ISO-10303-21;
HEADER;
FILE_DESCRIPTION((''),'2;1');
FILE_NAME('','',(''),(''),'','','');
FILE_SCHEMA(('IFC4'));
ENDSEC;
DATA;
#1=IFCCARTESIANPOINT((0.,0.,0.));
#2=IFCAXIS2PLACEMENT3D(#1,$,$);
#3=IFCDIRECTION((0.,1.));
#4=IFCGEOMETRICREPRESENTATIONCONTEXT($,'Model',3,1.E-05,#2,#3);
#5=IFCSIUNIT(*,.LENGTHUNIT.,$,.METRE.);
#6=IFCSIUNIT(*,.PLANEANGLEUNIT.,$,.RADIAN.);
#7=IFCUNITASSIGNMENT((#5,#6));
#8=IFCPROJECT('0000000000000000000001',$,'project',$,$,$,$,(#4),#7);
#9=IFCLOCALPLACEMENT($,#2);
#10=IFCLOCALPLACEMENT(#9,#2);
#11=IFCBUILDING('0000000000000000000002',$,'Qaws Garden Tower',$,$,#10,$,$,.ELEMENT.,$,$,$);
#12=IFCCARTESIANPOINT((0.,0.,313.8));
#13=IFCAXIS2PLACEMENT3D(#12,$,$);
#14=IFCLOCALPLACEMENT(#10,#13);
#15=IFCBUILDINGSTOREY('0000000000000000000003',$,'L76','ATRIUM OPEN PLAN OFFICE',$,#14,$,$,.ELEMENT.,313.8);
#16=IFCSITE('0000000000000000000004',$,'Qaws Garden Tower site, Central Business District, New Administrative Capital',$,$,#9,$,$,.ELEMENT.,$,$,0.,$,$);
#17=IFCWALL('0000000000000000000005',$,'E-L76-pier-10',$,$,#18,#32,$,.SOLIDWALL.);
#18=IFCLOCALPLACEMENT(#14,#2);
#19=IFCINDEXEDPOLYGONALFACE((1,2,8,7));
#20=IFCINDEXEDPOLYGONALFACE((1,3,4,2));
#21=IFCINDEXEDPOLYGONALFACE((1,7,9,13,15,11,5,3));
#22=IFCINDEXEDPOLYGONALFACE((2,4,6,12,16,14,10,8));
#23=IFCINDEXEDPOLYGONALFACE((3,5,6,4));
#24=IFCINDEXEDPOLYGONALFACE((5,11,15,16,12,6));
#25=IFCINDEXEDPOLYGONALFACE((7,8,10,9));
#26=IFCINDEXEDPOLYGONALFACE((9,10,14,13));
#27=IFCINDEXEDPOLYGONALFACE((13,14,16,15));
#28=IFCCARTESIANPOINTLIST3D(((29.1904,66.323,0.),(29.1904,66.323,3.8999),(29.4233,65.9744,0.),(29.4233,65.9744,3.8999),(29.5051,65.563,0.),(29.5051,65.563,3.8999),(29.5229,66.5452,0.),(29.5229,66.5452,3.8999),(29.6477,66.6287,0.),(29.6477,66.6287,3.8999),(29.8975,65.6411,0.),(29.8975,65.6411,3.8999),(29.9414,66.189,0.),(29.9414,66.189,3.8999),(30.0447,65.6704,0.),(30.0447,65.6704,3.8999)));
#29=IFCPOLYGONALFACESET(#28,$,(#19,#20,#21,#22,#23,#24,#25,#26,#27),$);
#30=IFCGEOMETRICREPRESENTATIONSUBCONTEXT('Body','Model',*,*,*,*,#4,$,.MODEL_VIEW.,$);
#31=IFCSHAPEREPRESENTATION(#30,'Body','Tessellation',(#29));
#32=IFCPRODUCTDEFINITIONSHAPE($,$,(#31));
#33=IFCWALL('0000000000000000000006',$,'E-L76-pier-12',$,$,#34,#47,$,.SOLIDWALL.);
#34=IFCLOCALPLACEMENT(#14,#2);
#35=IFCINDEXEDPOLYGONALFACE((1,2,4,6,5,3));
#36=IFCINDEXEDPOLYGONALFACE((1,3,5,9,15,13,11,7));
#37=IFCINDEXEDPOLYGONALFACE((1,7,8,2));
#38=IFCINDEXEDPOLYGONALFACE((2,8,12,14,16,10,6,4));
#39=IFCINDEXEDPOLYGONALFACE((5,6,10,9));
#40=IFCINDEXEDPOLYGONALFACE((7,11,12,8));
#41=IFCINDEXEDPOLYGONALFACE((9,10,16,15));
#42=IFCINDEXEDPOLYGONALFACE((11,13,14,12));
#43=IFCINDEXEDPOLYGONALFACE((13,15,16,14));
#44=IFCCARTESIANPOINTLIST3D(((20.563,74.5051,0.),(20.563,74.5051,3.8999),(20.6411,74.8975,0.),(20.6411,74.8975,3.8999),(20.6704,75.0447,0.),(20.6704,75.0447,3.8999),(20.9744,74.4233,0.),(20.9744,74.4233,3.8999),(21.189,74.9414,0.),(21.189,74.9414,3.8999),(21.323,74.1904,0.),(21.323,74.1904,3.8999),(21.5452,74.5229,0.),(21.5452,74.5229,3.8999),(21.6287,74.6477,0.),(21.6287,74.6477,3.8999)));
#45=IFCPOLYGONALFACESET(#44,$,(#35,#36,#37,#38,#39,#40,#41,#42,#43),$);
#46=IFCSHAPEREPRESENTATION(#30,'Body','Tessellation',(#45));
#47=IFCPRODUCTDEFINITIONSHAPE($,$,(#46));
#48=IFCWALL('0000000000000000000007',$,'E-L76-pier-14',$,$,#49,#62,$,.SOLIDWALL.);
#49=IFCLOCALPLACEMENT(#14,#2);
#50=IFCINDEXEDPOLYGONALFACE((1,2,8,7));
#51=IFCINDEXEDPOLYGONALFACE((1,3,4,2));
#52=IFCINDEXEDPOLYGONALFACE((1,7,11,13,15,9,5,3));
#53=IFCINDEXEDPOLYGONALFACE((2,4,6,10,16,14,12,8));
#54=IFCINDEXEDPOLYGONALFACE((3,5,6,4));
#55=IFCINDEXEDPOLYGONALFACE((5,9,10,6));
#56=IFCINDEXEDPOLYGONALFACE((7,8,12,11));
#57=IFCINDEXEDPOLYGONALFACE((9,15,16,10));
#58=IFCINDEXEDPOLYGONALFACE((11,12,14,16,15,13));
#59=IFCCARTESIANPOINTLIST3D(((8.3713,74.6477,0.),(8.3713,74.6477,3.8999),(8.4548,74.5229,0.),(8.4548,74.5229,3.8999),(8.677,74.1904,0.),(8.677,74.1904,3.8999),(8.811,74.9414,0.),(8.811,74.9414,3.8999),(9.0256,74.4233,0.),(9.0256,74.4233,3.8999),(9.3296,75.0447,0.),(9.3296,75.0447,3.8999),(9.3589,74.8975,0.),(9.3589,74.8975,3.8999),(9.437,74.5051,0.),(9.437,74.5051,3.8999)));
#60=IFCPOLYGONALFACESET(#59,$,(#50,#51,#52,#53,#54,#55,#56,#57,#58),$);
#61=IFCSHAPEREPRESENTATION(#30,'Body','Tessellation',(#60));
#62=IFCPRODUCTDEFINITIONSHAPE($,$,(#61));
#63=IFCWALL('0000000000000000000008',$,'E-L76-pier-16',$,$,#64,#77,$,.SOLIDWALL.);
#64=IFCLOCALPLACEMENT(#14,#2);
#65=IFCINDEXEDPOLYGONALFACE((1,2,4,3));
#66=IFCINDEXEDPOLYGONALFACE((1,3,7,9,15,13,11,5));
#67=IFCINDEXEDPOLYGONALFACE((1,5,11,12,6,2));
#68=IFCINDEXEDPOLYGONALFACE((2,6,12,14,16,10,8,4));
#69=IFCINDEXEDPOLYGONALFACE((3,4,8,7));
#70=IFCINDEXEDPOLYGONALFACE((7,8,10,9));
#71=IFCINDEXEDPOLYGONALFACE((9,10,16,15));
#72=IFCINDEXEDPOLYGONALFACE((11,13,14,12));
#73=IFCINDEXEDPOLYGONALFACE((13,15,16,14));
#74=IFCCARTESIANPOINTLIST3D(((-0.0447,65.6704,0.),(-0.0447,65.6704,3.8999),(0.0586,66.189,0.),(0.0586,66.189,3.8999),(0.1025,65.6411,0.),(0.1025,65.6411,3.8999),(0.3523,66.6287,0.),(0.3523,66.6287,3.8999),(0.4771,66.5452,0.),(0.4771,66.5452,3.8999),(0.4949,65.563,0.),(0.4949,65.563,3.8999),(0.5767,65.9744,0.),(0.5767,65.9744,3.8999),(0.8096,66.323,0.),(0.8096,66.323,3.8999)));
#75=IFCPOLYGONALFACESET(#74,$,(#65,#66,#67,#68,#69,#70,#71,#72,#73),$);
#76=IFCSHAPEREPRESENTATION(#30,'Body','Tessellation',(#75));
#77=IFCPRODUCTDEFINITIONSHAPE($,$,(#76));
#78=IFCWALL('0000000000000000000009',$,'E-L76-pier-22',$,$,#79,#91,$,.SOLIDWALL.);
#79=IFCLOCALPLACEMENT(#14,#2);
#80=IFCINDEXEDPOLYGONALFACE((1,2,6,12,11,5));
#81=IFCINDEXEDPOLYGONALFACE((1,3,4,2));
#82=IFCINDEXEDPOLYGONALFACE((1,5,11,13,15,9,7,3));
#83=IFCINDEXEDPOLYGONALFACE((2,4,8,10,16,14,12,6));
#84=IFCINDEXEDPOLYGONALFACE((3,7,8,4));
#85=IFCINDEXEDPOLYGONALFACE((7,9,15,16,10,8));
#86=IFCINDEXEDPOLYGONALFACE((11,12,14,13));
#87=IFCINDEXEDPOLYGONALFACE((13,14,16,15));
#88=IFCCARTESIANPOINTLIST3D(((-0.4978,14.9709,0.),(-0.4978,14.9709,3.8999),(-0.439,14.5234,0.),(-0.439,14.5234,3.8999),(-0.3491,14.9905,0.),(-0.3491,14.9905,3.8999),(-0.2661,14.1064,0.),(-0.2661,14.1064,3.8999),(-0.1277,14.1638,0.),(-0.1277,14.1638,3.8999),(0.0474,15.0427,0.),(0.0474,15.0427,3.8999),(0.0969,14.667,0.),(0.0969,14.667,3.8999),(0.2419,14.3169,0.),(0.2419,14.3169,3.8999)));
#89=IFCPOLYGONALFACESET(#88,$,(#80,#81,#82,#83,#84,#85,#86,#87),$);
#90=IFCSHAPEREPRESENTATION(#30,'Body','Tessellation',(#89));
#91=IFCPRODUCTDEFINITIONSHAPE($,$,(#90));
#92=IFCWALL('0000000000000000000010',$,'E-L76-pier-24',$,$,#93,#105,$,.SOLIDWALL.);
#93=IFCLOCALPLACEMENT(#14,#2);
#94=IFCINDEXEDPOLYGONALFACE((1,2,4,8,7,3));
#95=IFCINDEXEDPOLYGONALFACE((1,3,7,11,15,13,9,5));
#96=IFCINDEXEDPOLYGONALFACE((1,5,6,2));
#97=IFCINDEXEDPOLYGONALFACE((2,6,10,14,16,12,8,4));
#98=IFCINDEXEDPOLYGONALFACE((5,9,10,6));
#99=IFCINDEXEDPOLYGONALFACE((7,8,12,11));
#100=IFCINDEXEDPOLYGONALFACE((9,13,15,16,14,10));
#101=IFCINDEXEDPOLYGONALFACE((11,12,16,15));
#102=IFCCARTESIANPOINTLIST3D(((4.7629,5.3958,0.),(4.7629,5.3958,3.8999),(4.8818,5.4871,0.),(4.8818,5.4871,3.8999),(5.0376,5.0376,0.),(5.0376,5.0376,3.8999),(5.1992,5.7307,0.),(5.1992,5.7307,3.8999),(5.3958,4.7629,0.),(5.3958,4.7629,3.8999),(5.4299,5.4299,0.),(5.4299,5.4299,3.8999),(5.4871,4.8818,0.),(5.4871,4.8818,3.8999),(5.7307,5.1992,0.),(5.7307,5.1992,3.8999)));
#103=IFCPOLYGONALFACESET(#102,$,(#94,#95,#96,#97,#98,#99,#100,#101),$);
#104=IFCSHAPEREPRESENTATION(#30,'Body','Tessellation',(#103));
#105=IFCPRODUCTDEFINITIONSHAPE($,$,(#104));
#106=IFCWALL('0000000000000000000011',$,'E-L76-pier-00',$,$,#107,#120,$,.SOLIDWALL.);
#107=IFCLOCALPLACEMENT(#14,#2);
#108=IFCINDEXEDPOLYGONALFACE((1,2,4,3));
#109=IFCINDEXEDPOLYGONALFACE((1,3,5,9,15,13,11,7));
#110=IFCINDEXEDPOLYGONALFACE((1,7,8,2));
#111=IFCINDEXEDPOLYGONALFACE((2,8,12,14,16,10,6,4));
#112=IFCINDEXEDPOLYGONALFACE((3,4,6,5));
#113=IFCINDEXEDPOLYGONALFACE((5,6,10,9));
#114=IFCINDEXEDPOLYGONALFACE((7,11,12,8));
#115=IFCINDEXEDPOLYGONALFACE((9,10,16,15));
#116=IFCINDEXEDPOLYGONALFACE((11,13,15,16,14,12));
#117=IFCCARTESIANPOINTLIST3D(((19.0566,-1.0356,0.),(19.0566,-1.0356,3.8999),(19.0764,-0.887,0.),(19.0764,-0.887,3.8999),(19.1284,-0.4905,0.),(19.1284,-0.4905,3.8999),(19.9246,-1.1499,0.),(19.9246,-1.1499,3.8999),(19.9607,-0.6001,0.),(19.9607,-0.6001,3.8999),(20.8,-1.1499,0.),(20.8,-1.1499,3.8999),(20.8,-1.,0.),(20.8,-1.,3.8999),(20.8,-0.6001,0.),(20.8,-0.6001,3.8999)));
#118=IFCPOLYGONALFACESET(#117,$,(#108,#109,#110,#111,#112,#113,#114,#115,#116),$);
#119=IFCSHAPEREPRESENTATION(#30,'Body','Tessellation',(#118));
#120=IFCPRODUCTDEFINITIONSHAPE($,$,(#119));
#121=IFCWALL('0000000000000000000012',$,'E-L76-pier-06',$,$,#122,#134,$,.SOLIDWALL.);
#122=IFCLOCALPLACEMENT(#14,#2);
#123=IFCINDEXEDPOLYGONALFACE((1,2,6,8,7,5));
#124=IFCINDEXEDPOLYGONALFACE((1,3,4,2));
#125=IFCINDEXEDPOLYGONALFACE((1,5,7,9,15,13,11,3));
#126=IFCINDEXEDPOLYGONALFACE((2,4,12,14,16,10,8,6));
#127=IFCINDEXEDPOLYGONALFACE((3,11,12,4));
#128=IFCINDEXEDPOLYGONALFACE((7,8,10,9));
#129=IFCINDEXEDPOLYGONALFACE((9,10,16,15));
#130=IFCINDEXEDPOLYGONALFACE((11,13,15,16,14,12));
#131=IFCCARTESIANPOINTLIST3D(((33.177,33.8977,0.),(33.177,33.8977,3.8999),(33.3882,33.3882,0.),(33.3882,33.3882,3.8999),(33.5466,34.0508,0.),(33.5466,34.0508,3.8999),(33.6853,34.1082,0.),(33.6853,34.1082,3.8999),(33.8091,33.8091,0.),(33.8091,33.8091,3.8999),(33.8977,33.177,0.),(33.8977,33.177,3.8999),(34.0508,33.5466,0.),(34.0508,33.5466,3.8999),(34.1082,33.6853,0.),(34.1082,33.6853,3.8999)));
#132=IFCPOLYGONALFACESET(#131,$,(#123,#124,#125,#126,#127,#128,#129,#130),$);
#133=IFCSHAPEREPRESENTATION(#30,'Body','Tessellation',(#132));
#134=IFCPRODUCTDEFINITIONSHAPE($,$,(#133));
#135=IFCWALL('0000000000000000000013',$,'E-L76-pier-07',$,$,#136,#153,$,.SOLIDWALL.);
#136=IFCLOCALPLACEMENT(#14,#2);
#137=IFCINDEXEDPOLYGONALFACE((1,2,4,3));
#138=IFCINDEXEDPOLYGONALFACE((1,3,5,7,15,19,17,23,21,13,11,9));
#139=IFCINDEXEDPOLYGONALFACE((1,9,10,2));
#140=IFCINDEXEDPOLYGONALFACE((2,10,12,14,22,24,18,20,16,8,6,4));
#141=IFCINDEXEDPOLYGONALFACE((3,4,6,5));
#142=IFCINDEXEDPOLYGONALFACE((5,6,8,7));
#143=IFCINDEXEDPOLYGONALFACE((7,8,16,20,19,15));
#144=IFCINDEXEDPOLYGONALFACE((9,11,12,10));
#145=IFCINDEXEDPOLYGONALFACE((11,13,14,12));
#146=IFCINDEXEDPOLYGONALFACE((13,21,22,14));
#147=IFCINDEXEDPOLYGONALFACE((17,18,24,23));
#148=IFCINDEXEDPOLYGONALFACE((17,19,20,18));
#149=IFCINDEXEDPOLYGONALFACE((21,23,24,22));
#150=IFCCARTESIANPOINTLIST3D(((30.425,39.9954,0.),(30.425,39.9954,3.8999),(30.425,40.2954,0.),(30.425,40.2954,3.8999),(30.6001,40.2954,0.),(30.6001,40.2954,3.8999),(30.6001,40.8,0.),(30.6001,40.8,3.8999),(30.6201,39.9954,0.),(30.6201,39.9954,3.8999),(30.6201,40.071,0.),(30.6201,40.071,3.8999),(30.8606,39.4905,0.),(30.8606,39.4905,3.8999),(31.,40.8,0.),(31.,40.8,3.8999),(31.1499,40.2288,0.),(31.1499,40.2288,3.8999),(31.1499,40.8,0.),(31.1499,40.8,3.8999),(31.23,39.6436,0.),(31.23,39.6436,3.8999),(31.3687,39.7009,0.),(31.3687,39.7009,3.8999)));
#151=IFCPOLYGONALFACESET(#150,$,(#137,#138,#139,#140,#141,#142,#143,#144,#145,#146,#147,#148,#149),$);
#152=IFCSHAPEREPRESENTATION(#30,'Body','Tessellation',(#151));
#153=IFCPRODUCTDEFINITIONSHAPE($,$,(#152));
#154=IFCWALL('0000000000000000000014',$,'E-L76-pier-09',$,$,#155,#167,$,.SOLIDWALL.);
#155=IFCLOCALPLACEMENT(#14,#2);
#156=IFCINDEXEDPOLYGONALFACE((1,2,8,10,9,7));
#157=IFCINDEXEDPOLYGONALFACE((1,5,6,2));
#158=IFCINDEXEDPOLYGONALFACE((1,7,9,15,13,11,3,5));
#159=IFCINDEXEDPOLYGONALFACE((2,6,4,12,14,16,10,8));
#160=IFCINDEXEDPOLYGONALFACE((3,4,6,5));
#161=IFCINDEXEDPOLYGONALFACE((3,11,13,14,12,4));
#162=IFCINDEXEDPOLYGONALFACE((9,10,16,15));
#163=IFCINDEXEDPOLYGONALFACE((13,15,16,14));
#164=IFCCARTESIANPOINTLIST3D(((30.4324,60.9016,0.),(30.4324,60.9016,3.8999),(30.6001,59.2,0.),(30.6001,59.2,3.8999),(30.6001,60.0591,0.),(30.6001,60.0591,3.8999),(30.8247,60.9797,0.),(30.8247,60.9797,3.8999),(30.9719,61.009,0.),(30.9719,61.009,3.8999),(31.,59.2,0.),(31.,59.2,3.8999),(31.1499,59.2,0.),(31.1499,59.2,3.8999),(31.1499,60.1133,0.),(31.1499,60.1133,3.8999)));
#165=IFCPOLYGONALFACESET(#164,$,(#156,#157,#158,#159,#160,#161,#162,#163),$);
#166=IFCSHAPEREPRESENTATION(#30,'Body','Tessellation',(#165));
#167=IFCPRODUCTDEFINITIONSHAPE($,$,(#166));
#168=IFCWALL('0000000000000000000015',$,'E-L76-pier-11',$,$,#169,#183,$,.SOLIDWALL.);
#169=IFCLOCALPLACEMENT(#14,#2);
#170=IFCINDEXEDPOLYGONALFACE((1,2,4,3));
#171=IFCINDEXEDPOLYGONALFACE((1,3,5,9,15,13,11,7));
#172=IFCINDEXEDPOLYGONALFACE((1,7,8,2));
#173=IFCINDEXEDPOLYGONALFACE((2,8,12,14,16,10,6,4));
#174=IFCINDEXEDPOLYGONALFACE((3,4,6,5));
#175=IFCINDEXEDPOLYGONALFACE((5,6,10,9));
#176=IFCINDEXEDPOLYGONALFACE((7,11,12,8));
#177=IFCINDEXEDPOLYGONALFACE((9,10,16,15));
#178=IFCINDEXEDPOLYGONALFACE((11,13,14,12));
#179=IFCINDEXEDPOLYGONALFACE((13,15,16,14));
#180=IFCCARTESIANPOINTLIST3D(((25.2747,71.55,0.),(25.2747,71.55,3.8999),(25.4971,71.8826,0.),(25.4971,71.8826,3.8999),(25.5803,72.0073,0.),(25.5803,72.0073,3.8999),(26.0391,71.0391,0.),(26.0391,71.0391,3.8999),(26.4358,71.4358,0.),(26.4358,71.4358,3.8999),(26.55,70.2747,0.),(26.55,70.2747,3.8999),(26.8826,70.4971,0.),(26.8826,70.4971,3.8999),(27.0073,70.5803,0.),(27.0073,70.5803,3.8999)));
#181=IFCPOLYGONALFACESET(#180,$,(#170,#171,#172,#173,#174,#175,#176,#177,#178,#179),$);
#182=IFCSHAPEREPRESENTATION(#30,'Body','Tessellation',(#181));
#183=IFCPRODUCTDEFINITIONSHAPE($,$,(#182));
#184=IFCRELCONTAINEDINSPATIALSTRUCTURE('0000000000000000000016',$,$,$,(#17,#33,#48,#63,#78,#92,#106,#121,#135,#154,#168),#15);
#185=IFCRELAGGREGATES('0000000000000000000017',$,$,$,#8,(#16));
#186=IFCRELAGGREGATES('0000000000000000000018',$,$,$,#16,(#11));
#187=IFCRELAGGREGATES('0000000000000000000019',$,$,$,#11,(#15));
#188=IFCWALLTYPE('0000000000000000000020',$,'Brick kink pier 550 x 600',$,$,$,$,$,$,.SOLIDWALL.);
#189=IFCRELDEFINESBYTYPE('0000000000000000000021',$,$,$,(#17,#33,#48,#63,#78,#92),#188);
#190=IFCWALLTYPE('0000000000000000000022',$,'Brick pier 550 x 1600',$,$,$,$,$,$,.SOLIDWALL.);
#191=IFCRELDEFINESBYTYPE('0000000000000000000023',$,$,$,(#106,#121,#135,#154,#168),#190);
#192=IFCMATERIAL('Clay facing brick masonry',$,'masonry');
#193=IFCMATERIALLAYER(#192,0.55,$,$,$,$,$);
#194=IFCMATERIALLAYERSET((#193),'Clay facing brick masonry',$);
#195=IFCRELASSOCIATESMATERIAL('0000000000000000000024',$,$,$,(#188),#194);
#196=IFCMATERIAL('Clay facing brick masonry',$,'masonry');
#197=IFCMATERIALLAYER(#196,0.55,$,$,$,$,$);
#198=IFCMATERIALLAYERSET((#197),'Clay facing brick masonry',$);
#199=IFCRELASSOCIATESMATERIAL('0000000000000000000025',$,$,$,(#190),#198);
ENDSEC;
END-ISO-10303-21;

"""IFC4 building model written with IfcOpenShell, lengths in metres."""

from ifc_helpers import new_model, si_unit, direction, frame, origin, place, context, subcontext, project, spatial, polyline, outline, extrude, material, layer, layer_set, type_object, element, save


model = new_model("IFC4")

# Units and contexts
model_context = context("Model", 3, precision=1e-05, world=origin(), true_north=direction((0.0, 1.0)))
body_context = subcontext(model_context, "Body", "Model", "MODEL_VIEW")
ifc_project = project(units=[si_unit("LENGTHUNIT", "METRE"), si_unit("PLANEANGLEUNIT", "RADIAN")], contexts=[model_context])

# Site, building, storey
site_placement = place(None, origin())
site = spatial("IfcSite", under=ifc_project, at=site_placement, Name="Qaws Garden Tower site, Central Business District, New Administrative Capital", CompositionType="ELEMENT", RefElevation=0.0)
building_placement = place(site_placement, origin())
building = spatial("IfcBuilding", under=site, at=building_placement, Name="Qaws Garden Tower", CompositionType="ELEMENT")
storey_placement = place(building_placement, frame((0.0, 0.0, 313.8)))
storey = spatial("IfcBuildingStorey", under=building, at=storey_placement, Name="L76", Description="ATRIUM OPEN PLAN OFFICE", CompositionType="ELEMENT", Elevation=313.8)

# Walls
placement_1 = place(storey_placement, origin())
ifc_material_1 = material(Name="Clay facing brick masonry", Category="masonry")
ifc_layer_1 = layer(ifc_material_1, 0.55)
ifc_layer_set_1 = layer_set([ifc_layer_1], Name="Clay facing brick masonry")
wall_type_1 = type_object("IfcWallType", Name="Brick kink pier 550 x 600", PredefinedType="SOLIDWALL", material=ifc_layer_set_1)
element("IfcWall", 1, at=placement_1, inside=storey, type_object=wall_type_1, Name="E-L76-pier-10", PredefinedType="SOLIDWALL", context=body_context, shape_type="SweptSolid", body=[
    extrude(outline(polyline([(29.8975, 65.6411), (30.0447, 65.6704), (29.9414, 66.189), (29.6477, 66.6287), (29.5229, 66.5452), (29.1904, 66.323), (29.4233, 65.9744), (29.5051, 65.563), (29.8975, 65.6411)])), origin(), (0.0, 0.0, 1.0), 3.8999),
])
element("IfcWall", 2, at=placement_1, inside=storey, type_object=wall_type_1, Name="E-L76-pier-12", PredefinedType="SOLIDWALL", context=body_context, shape_type="SweptSolid", body=[
    extrude(outline(polyline([(21.5452, 74.5229), (21.6287, 74.6477), (21.189, 74.9414), (20.6704, 75.0447), (20.6411, 74.8975), (20.563, 74.5051), (20.9744, 74.4233), (21.323, 74.1904), (21.5452, 74.5229)])), origin(), (0.0, 0.0, 1.0), 3.8999),
])
element("IfcWall", 3, at=placement_1, inside=storey, type_object=wall_type_1, Name="E-L76-pier-14", PredefinedType="SOLIDWALL", context=body_context, shape_type="SweptSolid", body=[
    extrude(outline(polyline([(9.3589, 74.8975), (9.3296, 75.0447), (8.811, 74.9414), (8.3713, 74.6477), (8.4548, 74.5229), (8.677, 74.1904), (9.0256, 74.4233), (9.437, 74.5051), (9.3589, 74.8975)])), origin(), (0.0, 0.0, 1.0), 3.8999),
])
element("IfcWall", 4, at=placement_1, inside=storey, type_object=wall_type_1, Name="E-L76-pier-16", PredefinedType="SOLIDWALL", context=body_context, shape_type="SweptSolid", body=[
    extrude(outline(polyline([(0.4771, 66.5452), (0.3523, 66.6287), (0.0586, 66.189), (-0.0447, 65.6704), (0.1025, 65.6411), (0.4949, 65.563), (0.5767, 65.9744), (0.8096, 66.323), (0.4771, 66.5452)])), origin(), (0.0, 0.0, 1.0), 3.8999),
])
element("IfcWall", 5, at=placement_1, inside=storey, type_object=wall_type_1, Name="E-L76-pier-22", PredefinedType="SOLIDWALL", context=body_context, shape_type="SweptSolid", body=[
    extrude(outline(polyline([(-0.3491, 14.9905), (-0.4978, 14.9709), (-0.439, 14.5234), (-0.2661, 14.1064), (-0.1277, 14.1638), (0.2419, 14.3169), (0.0969, 14.667), (0.0474, 15.0427), (-0.3491, 14.9905)])), origin(), (0.0, 0.0, 1.0), 3.8999),
])
element("IfcWall", 6, at=placement_1, inside=storey, type_object=wall_type_1, Name="E-L76-pier-24", PredefinedType="SOLIDWALL", context=body_context, shape_type="SweptSolid", body=[
    extrude(outline(polyline([(4.8818, 5.4871), (4.7629, 5.3958), (5.0376, 5.0376), (5.3958, 4.7629), (5.4871, 4.8818), (5.7307, 5.1992), (5.4299, 5.4299), (5.1992, 5.7307), (4.8818, 5.4871)])), origin(), (0.0, 0.0, 1.0), 3.8999),
])
ifc_material_2 = material(Name="Clay facing brick masonry", Category="masonry")
ifc_layer_2 = layer(ifc_material_2, 0.55)
ifc_layer_set_2 = layer_set([ifc_layer_2], Name="Clay facing brick masonry")
wall_type_2 = type_object("IfcWallType", Name="Brick pier 550 x 1600", PredefinedType="SOLIDWALL", material=ifc_layer_set_2)
element("IfcWall", 7, at=placement_1, inside=storey, type_object=wall_type_2, Name="E-L76-pier-00", PredefinedType="SOLIDWALL", context=body_context, shape_type="SweptSolid", body=[
    extrude(outline(polyline([(19.0764, -0.887), (19.0566, -1.0356), (19.9246, -1.1499), (20.8, -1.1499), (20.8, -1.0), (20.8, -0.6001), (19.9607, -0.6001), (19.1284, -0.4905), (19.0764, -0.887)])), origin(), (0.0, 0.0, 1.0), 3.8999),
])
element("IfcWall", 8, at=placement_1, inside=storey, type_object=wall_type_2, Name="E-L76-pier-06", PredefinedType="SOLIDWALL", context=body_context, shape_type="SweptSolid", body=[
    extrude(outline(polyline([(34.0508, 33.5466), (34.1082, 33.6853), (33.8091, 33.8091), (33.6853, 34.1082), (33.5466, 34.0508), (33.177, 33.8977), (33.3882, 33.3882), (33.8977, 33.177), (34.0508, 33.5466)])), origin(), (0.0, 0.0, 1.0), 3.8999),
])
element("IfcWall", 9, at=placement_1, inside=storey, type_object=wall_type_2, Name="E-L76-pier-07", PredefinedType="SOLIDWALL", context=body_context, shape_type="SweptSolid", body=[
    extrude(outline(polyline([(30.6201, 39.9954), (30.6201, 40.071), (30.8606, 39.4905), (31.23, 39.6436), (31.3687, 39.7009), (31.1499, 40.2288), (31.1499, 40.8), (31.0, 40.8), (30.6001, 40.8), (30.6001, 40.2954), (30.425, 40.2954), (30.425, 39.9954), (30.6201, 39.9954)])), origin(), (0.0, 0.0, 1.0), 3.8999),
])
element("IfcWall", 10, at=placement_1, inside=storey, type_object=wall_type_2, Name="E-L76-pier-09", PredefinedType="SOLIDWALL", context=body_context, shape_type="SweptSolid", body=[
    extrude(outline(polyline([(31.0, 59.2), (31.1499, 59.2), (31.1499, 60.1133), (30.9719, 61.009), (30.8247, 60.9797), (30.4324, 60.9016), (30.6001, 60.0591), (30.6001, 59.2), (31.0, 59.2)])), origin(), (0.0, 0.0, 1.0), 3.8999),
])
element("IfcWall", 11, at=placement_1, inside=storey, type_object=wall_type_2, Name="E-L76-pier-11", PredefinedType="SOLIDWALL", context=body_context, shape_type="SweptSolid", body=[
    extrude(outline(polyline([(26.8826, 70.4971), (27.0073, 70.5803), (26.4358, 71.4358), (25.5803, 72.0073), (25.4971, 71.8826), (25.2747, 71.55), (26.0391, 71.0391), (26.55, 70.2747), (26.8826, 70.4971)])), origin(), (0.0, 0.0, 1.0), 3.8999),
])

save(model, "model.ifc")
